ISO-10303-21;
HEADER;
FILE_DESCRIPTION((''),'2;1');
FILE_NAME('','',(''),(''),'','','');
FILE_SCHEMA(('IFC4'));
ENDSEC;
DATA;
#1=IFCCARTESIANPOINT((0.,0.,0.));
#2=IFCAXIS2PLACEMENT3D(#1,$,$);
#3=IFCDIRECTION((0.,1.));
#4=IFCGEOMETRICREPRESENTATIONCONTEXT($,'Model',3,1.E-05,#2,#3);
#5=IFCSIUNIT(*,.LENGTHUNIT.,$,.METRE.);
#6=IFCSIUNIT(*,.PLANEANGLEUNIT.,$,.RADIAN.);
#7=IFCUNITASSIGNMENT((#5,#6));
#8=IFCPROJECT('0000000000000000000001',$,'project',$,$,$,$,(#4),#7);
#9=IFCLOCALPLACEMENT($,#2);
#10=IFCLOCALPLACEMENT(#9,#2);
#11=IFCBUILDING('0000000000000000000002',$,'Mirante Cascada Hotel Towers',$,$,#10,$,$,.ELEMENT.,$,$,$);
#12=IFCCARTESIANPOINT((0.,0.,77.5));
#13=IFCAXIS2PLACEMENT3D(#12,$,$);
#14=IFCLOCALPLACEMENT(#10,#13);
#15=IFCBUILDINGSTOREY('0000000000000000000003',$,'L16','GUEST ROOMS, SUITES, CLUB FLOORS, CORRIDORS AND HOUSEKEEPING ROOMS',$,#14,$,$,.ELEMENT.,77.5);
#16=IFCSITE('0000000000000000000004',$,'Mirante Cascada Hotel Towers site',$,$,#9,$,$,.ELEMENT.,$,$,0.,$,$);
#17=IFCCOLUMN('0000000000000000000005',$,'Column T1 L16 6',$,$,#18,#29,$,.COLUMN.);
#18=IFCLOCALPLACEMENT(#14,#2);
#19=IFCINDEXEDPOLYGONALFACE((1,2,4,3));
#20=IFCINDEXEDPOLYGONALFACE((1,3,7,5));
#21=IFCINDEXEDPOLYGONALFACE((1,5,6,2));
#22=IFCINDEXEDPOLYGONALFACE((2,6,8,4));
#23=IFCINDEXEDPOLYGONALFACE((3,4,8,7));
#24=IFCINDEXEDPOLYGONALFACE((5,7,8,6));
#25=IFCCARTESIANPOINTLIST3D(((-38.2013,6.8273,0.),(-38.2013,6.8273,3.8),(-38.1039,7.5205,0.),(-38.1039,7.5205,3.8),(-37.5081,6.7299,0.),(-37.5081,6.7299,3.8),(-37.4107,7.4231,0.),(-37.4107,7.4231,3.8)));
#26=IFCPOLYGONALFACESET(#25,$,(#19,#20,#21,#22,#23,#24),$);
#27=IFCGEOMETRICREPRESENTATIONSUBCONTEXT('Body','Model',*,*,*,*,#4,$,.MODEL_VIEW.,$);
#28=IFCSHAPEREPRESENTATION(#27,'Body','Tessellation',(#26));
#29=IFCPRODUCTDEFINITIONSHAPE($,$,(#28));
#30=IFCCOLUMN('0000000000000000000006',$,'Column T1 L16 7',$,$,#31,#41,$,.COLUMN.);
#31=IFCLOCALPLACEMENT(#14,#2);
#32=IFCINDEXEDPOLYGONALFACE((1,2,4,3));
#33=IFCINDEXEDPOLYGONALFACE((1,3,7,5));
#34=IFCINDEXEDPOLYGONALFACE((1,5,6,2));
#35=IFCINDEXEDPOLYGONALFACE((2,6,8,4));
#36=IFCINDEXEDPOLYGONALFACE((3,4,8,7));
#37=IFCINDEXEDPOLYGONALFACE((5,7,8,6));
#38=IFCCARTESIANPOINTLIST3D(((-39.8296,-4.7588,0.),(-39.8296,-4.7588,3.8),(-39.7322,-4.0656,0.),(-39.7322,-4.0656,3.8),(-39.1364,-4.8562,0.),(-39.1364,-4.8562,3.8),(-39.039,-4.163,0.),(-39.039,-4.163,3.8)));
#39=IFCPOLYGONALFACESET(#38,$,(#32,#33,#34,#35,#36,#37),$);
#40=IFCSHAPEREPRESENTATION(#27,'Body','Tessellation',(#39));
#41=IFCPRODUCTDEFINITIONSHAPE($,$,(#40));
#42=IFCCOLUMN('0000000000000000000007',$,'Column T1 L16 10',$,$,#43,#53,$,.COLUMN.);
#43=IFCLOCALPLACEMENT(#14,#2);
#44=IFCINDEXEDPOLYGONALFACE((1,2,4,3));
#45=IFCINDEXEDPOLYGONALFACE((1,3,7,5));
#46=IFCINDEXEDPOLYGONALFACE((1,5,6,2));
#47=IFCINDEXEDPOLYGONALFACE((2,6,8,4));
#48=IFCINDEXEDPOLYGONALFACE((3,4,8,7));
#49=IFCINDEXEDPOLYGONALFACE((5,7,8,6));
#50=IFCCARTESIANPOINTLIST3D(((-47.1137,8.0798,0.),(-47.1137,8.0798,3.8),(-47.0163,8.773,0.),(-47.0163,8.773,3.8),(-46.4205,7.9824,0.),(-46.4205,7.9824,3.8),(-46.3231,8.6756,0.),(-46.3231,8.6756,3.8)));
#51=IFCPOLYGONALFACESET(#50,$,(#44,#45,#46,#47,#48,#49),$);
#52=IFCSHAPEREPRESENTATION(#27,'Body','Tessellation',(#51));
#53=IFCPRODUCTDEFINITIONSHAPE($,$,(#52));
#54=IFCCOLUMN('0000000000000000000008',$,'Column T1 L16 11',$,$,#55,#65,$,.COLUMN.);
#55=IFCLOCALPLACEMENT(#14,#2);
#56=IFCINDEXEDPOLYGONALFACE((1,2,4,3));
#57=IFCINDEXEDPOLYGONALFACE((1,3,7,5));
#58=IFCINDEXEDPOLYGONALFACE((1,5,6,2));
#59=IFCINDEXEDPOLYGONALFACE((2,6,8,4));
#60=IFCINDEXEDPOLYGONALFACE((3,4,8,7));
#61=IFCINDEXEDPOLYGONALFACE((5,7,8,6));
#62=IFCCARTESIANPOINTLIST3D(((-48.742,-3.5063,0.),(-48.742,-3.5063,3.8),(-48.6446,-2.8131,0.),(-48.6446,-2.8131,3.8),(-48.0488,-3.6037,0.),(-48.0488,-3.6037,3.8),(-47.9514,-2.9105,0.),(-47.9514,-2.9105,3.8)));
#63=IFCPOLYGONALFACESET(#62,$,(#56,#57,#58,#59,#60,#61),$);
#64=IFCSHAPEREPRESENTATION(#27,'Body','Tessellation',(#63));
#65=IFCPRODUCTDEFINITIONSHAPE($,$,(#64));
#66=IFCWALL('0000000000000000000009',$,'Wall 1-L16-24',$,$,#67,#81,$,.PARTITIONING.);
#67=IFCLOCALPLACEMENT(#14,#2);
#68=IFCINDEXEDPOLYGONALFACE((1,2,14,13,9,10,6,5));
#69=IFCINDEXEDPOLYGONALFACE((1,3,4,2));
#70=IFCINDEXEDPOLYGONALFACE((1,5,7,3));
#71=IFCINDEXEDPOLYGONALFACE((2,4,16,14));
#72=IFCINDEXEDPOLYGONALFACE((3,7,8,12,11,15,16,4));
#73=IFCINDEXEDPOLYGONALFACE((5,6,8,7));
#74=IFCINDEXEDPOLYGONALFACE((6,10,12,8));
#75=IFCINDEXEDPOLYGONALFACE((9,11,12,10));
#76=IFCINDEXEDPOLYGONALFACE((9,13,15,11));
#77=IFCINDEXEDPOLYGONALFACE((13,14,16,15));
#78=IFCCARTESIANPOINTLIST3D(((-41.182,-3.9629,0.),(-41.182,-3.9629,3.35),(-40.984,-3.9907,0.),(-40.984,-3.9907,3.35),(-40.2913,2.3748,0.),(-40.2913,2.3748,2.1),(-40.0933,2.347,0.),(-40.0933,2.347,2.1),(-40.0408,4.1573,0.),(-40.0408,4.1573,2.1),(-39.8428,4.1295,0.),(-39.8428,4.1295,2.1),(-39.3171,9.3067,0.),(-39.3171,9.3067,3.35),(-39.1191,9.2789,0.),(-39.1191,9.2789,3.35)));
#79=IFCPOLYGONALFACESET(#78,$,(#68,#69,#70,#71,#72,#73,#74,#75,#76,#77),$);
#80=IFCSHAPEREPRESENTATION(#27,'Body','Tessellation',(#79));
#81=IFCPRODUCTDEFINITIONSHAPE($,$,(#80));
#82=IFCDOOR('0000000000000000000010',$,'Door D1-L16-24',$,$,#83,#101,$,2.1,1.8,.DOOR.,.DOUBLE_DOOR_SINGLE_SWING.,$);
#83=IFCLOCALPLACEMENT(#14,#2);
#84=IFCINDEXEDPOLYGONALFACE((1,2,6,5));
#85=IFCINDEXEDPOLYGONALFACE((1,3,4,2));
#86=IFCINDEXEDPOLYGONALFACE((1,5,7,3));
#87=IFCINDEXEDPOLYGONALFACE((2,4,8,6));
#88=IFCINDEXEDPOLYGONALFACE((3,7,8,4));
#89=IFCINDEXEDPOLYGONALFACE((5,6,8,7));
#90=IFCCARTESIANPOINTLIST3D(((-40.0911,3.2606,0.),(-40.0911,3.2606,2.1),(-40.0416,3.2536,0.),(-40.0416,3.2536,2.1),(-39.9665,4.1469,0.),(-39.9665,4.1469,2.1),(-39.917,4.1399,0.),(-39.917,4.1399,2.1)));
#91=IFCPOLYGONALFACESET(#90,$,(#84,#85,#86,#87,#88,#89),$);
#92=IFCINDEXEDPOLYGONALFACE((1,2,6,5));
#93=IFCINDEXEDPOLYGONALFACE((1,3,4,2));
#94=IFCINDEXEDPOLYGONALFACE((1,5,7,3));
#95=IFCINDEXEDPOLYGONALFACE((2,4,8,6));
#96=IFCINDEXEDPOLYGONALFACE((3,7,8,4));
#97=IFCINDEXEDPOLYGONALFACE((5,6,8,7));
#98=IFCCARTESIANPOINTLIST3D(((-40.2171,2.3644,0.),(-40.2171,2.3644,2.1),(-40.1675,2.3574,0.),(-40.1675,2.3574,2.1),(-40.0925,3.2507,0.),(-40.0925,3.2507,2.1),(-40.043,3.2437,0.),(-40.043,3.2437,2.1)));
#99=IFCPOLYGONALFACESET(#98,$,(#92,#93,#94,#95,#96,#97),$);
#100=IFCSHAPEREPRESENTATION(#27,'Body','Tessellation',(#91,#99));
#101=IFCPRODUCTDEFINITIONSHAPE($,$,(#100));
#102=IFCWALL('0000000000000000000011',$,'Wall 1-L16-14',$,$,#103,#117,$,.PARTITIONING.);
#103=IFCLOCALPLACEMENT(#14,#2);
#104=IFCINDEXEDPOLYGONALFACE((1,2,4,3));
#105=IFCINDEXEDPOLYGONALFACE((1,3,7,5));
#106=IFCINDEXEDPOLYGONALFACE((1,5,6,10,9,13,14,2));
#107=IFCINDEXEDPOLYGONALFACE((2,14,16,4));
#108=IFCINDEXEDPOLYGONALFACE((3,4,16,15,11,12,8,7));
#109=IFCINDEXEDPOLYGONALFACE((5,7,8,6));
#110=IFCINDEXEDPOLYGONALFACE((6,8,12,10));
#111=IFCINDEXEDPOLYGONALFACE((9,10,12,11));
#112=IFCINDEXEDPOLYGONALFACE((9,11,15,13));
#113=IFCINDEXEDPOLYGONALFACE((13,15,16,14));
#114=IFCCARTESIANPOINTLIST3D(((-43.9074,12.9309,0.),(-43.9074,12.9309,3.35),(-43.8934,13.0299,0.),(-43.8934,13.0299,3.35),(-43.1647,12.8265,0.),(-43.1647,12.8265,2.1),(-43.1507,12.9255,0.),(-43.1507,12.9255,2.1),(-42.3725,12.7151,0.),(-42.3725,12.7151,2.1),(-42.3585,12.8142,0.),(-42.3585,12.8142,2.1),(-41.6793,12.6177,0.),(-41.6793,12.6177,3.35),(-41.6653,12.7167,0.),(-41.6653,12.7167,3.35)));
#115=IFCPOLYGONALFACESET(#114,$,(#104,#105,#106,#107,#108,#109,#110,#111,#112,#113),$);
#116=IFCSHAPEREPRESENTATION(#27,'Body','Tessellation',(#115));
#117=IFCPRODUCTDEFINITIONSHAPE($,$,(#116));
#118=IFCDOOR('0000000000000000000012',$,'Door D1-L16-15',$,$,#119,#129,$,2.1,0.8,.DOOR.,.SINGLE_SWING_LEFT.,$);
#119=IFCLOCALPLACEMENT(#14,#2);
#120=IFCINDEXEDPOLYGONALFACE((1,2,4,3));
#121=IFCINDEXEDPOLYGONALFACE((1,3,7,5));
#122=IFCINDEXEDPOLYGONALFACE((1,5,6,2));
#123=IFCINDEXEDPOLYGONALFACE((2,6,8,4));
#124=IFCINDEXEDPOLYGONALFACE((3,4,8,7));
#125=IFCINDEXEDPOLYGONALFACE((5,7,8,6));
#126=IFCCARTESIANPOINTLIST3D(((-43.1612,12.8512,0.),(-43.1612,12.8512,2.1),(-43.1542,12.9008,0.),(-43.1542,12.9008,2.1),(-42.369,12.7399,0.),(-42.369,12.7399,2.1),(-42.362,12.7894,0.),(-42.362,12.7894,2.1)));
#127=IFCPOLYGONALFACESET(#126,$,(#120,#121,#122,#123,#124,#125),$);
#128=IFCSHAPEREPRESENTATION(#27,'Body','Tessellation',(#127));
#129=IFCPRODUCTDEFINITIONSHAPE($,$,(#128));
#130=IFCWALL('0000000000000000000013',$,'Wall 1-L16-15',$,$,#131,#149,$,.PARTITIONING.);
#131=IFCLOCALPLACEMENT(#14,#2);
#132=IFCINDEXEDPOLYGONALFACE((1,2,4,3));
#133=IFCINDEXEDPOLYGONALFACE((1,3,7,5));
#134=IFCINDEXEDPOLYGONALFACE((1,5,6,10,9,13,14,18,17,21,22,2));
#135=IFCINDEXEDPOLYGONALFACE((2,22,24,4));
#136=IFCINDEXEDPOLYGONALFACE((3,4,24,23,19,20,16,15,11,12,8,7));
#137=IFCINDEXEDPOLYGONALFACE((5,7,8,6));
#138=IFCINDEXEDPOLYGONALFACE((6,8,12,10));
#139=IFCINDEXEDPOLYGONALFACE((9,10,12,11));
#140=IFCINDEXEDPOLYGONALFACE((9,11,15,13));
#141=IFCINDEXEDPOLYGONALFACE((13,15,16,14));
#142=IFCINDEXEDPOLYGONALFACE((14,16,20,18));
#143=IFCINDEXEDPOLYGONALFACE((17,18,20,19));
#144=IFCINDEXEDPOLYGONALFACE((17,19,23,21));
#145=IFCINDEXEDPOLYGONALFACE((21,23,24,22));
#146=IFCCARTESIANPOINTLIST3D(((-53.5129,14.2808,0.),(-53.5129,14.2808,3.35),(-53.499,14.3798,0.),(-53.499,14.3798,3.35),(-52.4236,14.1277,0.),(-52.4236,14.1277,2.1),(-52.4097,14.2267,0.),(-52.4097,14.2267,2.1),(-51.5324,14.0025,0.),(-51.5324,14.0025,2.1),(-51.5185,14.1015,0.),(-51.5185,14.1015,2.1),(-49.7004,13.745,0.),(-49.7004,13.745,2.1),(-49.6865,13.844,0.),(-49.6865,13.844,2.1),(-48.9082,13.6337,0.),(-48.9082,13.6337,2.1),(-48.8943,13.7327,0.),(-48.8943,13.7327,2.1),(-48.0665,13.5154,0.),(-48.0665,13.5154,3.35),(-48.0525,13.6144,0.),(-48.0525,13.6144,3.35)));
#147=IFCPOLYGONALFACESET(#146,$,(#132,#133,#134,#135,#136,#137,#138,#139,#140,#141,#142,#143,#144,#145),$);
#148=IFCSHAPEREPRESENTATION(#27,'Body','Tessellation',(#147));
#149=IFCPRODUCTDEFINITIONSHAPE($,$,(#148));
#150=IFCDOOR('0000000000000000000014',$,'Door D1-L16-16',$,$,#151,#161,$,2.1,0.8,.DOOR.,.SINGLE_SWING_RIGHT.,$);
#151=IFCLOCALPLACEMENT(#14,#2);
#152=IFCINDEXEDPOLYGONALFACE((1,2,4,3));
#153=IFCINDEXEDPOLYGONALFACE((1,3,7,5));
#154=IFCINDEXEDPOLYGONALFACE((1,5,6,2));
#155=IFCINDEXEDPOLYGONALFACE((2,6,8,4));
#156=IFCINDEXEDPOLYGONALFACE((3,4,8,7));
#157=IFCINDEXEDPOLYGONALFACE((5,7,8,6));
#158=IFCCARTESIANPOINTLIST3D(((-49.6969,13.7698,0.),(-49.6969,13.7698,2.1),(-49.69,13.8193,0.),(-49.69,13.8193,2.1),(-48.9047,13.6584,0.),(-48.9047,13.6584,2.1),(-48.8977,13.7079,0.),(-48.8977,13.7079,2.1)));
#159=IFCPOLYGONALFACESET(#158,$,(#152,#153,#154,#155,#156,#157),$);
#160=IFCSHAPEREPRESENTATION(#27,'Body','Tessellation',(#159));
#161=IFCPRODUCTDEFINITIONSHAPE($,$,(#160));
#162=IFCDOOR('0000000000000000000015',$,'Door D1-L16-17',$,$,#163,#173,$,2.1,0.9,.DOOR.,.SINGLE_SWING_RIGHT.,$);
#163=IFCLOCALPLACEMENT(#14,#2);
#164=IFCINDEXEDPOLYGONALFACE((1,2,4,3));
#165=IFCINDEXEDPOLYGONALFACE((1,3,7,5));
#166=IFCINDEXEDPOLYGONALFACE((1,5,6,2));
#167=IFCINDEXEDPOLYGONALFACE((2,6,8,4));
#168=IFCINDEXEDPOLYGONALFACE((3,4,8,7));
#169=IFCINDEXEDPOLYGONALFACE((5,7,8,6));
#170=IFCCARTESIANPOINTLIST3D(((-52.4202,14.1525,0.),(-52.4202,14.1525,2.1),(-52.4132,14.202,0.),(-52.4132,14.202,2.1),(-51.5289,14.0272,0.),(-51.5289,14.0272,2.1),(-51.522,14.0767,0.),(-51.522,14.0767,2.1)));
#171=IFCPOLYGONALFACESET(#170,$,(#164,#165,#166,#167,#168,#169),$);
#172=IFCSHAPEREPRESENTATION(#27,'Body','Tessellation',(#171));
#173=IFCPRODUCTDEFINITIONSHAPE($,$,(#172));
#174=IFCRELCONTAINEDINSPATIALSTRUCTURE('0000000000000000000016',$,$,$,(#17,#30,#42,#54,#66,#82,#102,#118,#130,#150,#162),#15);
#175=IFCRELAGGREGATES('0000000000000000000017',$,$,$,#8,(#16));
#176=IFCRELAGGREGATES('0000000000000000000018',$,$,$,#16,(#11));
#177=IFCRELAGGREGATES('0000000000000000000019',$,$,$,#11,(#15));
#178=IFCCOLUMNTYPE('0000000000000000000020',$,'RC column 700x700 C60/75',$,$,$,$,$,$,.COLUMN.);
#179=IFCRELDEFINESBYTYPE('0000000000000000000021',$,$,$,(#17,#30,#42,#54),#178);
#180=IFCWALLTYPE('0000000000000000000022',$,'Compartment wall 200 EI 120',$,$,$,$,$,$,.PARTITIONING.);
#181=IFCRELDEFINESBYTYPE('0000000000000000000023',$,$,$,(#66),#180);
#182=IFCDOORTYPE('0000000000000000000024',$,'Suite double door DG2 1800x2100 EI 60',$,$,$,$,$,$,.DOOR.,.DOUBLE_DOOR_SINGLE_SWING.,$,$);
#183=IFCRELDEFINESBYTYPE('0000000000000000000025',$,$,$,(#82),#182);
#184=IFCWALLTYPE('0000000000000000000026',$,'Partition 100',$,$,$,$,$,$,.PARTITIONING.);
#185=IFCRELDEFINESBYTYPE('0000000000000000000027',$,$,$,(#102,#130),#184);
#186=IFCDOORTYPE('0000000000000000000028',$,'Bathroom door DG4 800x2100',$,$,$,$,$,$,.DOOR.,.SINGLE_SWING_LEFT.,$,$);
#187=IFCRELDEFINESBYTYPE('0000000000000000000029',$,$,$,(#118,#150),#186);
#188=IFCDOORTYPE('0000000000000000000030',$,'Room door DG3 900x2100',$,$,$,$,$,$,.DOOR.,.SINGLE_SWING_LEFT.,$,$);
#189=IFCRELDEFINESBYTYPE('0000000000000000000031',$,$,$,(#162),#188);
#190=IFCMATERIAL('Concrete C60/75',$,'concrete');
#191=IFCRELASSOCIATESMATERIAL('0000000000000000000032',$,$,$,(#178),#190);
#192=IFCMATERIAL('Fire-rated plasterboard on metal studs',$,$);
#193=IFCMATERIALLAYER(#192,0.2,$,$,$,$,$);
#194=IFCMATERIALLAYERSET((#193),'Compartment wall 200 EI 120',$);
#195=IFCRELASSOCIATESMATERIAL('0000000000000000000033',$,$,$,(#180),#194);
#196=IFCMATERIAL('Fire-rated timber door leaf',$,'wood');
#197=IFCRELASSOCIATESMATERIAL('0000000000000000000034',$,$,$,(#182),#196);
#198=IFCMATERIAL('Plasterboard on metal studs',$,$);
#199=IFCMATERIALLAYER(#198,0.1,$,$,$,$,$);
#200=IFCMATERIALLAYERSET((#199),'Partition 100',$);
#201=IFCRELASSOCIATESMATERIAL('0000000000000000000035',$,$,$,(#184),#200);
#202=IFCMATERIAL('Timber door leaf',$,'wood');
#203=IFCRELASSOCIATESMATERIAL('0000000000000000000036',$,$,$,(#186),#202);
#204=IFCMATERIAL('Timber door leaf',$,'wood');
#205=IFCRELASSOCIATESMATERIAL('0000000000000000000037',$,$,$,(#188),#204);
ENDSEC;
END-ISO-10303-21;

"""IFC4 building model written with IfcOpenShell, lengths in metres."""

from ifc_helpers import new_model, si_unit, direction, frame, frame_2d, origin, origin_2d, place, context, subcontext, project, spatial, rectangle, extrude, material, layer, layer_set, material_profile, profile_set, type_object, element, fill, save


model = new_model("IFC4")

# Units and contexts
model_context = context("Model", 3, precision=1e-05, world=origin(), true_north=direction((0.0, 1.0)))
body_context = subcontext(model_context, "Body", "Model", "MODEL_VIEW")
ifc_project = project(units=[si_unit("LENGTHUNIT", "METRE"), si_unit("PLANEANGLEUNIT", "RADIAN")], contexts=[model_context])

# Site, building, storey
site_placement = place(None, origin())
site = spatial("IfcSite", under=ifc_project, at=site_placement, Name="Mirante Cascada Hotel Towers site", CompositionType="ELEMENT", RefElevation=0.0)
building_placement = place(site_placement, origin())
building = spatial("IfcBuilding", under=site, at=building_placement, Name="Mirante Cascada Hotel Towers", CompositionType="ELEMENT")
storey_placement = place(building_placement, frame((0.0, 0.0, 77.5)))
storey = spatial("IfcBuildingStorey", under=building, at=storey_placement, Name="L16", Description="GUEST ROOMS, SUITES, CLUB FLOORS, CORRIDORS AND HOUSEKEEPING ROOMS", CompositionType="ELEMENT", Elevation=77.5)

# Columns
ifc_material_1 = material(Name="Concrete C60/75", Category="concrete")
ifc_material_profile = material_profile(ifc_material_1, rectangle(XDim=0.7, YDim=0.7, at=origin_2d()), Name="RC column 700x700 C60/75")
ifc_profile_set = profile_set([ifc_material_profile], Name="Concrete C60/75")
column_type = type_object("IfcColumnType", Name="RC column 700x700 C60/75", PredefinedType="COLUMN", material=ifc_profile_set)
for number, where, z_axis, x_axis, name in (
    (1, (-37.806, 7.1252, 0.0), (0.0, 0.0, 1.0), (-0.990268, 0.139173, 0.0), "Column T1 L16 6"),
    (2, (-39.4343, -4.4609, 0.0), (0.0, 0.0, 1.0), (-0.990268, 0.139173, 0.0), "Column T1 L16 7"),
    (3, (-46.7184, 8.3777, 0.0), (0.0, 0.0, 1.0), (-0.990268, 0.139173, 0.0), "Column T1 L16 10"),
    (4, (-48.3467, -3.2084, 0.0), (0.0, 0.0, 1.0), (-0.990268, 0.139173, 0.0), "Column T1 L16 11"),
):
    element("IfcColumn", number, at=place(storey_placement, frame(where, z_axis=z_axis, x_axis=x_axis)), inside=storey, type_object=column_type, Name=name, PredefinedType="COLUMN", context=body_context, shape_type="SweptSolid", body=[
        extrude(rectangle(XDim=0.7, YDim=0.7, at=origin_2d()), origin(), (0.0, 0.0, 1.0), 3.8),
    ])

# Shared definitions
ifc_material_2 = material(Name="Fire-rated plasterboard on metal studs")
ifc_layer_1 = layer(ifc_material_2, 0.2)
ifc_layer_set_1 = layer_set([ifc_layer_1], Name="Compartment wall 200 EI 120")
wall_type_1 = type_object("IfcWallType", Name="Compartment wall 200 EI 120", PredefinedType="PARTITIONING", material=ifc_layer_set_1)
ifc_material_3 = material(Name="Fire-rated timber door leaf", Category="wood")
door_type_1 = type_object("IfcDoorType", Name="Suite double door DG2 1800x2100 EI 60", OperationType="DOUBLE_DOOR_SINGLE_SWING", PredefinedType="DOOR", material=ifc_material_3)

# Walls, openings, doors
wall_1_placement = place(storey_placement, frame((-39.2181, 9.2928, 0.0), z_axis=(0.0, 0.0, 1.0), x_axis=(-0.139172, -0.990268, 0.0)))
wall_1 = element("IfcWall", 5, at=wall_1_placement, inside=storey, type_object=wall_type_1, Name="Wall 1-L16-24", PredefinedType="PARTITIONING", context=body_context, shape_type="SweptSolid", body=[
    extrude(rectangle(XDim=13.4, YDim=0.2, at=frame_2d((6.7, 0.0))), origin(), (0.0, 0.0, 1.0), 3.35),
])
opening_1_placement = place(wall_1_placement, frame((5.2, 0.0, 0.0)))
opening_1 = element("IfcOpeningElement", 6, at=opening_1_placement, cuts=wall_1, PredefinedType="OPENING", context=body_context, shape_type="SweptSolid", body=[
    extrude(rectangle(XDim=1.8, YDim=2.1, at=frame_2d((0.9, 1.05))), frame((0.0, 0.1, 0.0), z_axis=(0.0, -1.0, 0.0), x_axis=(1.0, 0.0, 0.0)), (0.0, 0.0, 1.0), 0.2),
])
door_1_placement = place(opening_1_placement, origin())
door_1 = element("IfcDoor", 7, at=door_1_placement, inside=storey, type_object=door_type_1, Name="Door D1-L16-24", OperationType="DOUBLE_DOOR_SINGLE_SWING", OverallHeight=2.1, OverallWidth=1.8, PredefinedType="DOOR", context=body_context, shape_type="SweptSolid", body=[
    extrude(rectangle(XDim=0.895, YDim=2.1, at=frame_2d((0.4475, 1.05))), frame((0.0, 0.025, 0.0), z_axis=(0.0, -1.0, 0.0), x_axis=(1.0, 0.0, 0.0)), (0.0, 0.0, 1.0), 0.05),
    extrude(rectangle(XDim=0.895, YDim=2.1, at=frame_2d((1.3525, 1.05))), frame((0.0, 0.025, 0.0), z_axis=(0.0, -1.0, 0.0), x_axis=(1.0, 0.0, 0.0)), (0.0, 0.0, 1.0), 0.05),
])
fill(opening_1, door_1)
ifc_material_4 = material(Name="Plasterboard on metal studs")
ifc_layer_2 = layer(ifc_material_4, 0.1)
ifc_layer_set_2 = layer_set([ifc_layer_2], Name="Partition 100")
wall_type_2 = type_object("IfcWallType", Name="Partition 100", PredefinedType="PARTITIONING", material=ifc_layer_set_2)
wall_2_placement = place(storey_placement, frame((-43.9004, 12.9804, 0.0), z_axis=(0.0, 0.0, 1.0), x_axis=(0.990264, -0.1392, 0.0)))
wall_2 = element("IfcWall", 8, at=wall_2_placement, inside=storey, type_object=wall_type_2, Name="Wall 1-L16-14", PredefinedType="PARTITIONING", context=body_context, shape_type="SweptSolid", body=[
    extrude(rectangle(XDim=2.25, YDim=0.1, at=frame_2d((1.125, 0.0))), origin(), (0.0, 0.0, 1.0), 3.35),
])
opening_2_placement = place(wall_2_placement, frame((0.75, 0.0, 0.0)))
opening_2 = element("IfcOpeningElement", 9, at=opening_2_placement, cuts=wall_2, PredefinedType="OPENING", context=body_context, shape_type="SweptSolid", body=[
    extrude(rectangle(XDim=0.8, YDim=2.1, at=frame_2d((0.4, 1.05))), frame((0.0, 0.05, 0.0), z_axis=(0.0, -1.0, 0.0), x_axis=(1.0, 0.0, 0.0)), (0.0, 0.0, 1.0), 0.1),
])
ifc_material_5 = material(Name="Timber door leaf", Category="wood")
door_type_2 = type_object("IfcDoorType", Name="Bathroom door DG4 800x2100", OperationType="SINGLE_SWING_LEFT", PredefinedType="DOOR", material=ifc_material_5)
door_2_placement = place(opening_2_placement, origin())
door_2 = element("IfcDoor", 10, at=door_2_placement, inside=storey, type_object=door_type_2, Name="Door D1-L16-15", OperationType="SINGLE_SWING_LEFT", OverallHeight=2.1, OverallWidth=0.8, PredefinedType="DOOR", context=body_context, shape_type="SweptSolid", body=[
    extrude(rectangle(XDim=0.8, YDim=2.1, at=frame_2d((0.4, 1.05))), frame((0.0, 0.025, 0.0), z_axis=(0.0, -1.0, 0.0), x_axis=(1.0, 0.0, 0.0)), (0.0, 0.0, 1.0), 0.05),
])
fill(opening_2, door_2)

# Wall, openings, doors
wall_3_placement = place(storey_placement, frame((-48.0595, 13.5649, 0.0), z_axis=(0.0, 0.0, 1.0), x_axis=(-0.99027, 0.139163, 0.0)))
wall_3 = element("IfcWall", 11, at=wall_3_placement, inside=storey, type_object=wall_type_2, Name="Wall 1-L16-15", PredefinedType="PARTITIONING", context=body_context, shape_type="SweptSolid", body=[
    extrude(rectangle(XDim=5.5, YDim=0.1, at=frame_2d((2.75, 0.0))), origin(), (0.0, 0.0, 1.0), 3.35),
])
opening_3_placement = place(wall_3_placement, frame((0.85, 0.0, 0.0)))
opening_3 = element("IfcOpeningElement", 12, at=opening_3_placement, cuts=wall_3, PredefinedType="OPENING", context=body_context, shape_type="SweptSolid", body=[
    extrude(rectangle(XDim=0.8, YDim=2.1, at=frame_2d((0.4, 1.05))), frame((0.0, 0.05, 0.0), z_axis=(0.0, -1.0, 0.0), x_axis=(1.0, 0.0, 0.0)), (0.0, 0.0, 1.0), 0.1),
])
opening_4_placement = place(wall_3_placement, frame((3.5, 0.0, 0.0)))
opening_4 = element("IfcOpeningElement", 13, at=opening_4_placement, cuts=wall_3, PredefinedType="OPENING", context=body_context, shape_type="SweptSolid", body=[
    extrude(rectangle(XDim=0.9, YDim=2.1, at=frame_2d((0.45, 1.05))), frame((0.0, 0.05, 0.0), z_axis=(0.0, -1.0, 0.0), x_axis=(1.0, 0.0, 0.0)), (0.0, 0.0, 1.0), 0.1),
])
door_3_placement = place(opening_3_placement, frame((0.8, 0.0, 0.0), z_axis=(0.0, 0.0, 1.0), x_axis=(-1.0, 0.0, 0.0)))
door_3 = element("IfcDoor", 14, at=door_3_placement, inside=storey, type_object=door_type_2, Name="Door D1-L16-16", OperationType="SINGLE_SWING_RIGHT", OverallHeight=2.1, OverallWidth=0.8, PredefinedType="DOOR", context=body_context, shape_type="SweptSolid", body=[
    extrude(rectangle(XDim=0.8, YDim=2.1, at=frame_2d((0.4, 1.05))), frame((0.0, 0.025, 0.0), z_axis=(0.0, -1.0, 0.0), x_axis=(1.0, 0.0, 0.0)), (0.0, 0.0, 1.0), 0.05),
])
fill(opening_3, door_3)
ifc_material_6 = material(Name="Timber door leaf", Category="wood")
door_type_3 = type_object("IfcDoorType", Name="Room door DG3 900x2100", OperationType="SINGLE_SWING_LEFT", PredefinedType="DOOR", material=ifc_material_6)
door_4_placement = place(opening_4_placement, frame((0.9, 0.0, 0.0), z_axis=(0.0, 0.0, 1.0), x_axis=(-1.0, 0.0, 0.0)))
door_4 = element("IfcDoor", 15, at=door_4_placement, inside=storey, type_object=door_type_3, Name="Door D1-L16-17", OperationType="SINGLE_SWING_RIGHT", OverallHeight=2.1, OverallWidth=0.9, PredefinedType="DOOR", context=body_context, shape_type="SweptSolid", body=[
    extrude(rectangle(XDim=0.9, YDim=2.1, at=frame_2d((0.45, 1.05))), frame((0.0, 0.025, 0.0), z_axis=(0.0, -1.0, 0.0), x_axis=(1.0, 0.0, 0.0)), (0.0, 0.0, 1.0), 0.05),
])
fill(opening_4, door_4)

save(model, "model.ifc")
